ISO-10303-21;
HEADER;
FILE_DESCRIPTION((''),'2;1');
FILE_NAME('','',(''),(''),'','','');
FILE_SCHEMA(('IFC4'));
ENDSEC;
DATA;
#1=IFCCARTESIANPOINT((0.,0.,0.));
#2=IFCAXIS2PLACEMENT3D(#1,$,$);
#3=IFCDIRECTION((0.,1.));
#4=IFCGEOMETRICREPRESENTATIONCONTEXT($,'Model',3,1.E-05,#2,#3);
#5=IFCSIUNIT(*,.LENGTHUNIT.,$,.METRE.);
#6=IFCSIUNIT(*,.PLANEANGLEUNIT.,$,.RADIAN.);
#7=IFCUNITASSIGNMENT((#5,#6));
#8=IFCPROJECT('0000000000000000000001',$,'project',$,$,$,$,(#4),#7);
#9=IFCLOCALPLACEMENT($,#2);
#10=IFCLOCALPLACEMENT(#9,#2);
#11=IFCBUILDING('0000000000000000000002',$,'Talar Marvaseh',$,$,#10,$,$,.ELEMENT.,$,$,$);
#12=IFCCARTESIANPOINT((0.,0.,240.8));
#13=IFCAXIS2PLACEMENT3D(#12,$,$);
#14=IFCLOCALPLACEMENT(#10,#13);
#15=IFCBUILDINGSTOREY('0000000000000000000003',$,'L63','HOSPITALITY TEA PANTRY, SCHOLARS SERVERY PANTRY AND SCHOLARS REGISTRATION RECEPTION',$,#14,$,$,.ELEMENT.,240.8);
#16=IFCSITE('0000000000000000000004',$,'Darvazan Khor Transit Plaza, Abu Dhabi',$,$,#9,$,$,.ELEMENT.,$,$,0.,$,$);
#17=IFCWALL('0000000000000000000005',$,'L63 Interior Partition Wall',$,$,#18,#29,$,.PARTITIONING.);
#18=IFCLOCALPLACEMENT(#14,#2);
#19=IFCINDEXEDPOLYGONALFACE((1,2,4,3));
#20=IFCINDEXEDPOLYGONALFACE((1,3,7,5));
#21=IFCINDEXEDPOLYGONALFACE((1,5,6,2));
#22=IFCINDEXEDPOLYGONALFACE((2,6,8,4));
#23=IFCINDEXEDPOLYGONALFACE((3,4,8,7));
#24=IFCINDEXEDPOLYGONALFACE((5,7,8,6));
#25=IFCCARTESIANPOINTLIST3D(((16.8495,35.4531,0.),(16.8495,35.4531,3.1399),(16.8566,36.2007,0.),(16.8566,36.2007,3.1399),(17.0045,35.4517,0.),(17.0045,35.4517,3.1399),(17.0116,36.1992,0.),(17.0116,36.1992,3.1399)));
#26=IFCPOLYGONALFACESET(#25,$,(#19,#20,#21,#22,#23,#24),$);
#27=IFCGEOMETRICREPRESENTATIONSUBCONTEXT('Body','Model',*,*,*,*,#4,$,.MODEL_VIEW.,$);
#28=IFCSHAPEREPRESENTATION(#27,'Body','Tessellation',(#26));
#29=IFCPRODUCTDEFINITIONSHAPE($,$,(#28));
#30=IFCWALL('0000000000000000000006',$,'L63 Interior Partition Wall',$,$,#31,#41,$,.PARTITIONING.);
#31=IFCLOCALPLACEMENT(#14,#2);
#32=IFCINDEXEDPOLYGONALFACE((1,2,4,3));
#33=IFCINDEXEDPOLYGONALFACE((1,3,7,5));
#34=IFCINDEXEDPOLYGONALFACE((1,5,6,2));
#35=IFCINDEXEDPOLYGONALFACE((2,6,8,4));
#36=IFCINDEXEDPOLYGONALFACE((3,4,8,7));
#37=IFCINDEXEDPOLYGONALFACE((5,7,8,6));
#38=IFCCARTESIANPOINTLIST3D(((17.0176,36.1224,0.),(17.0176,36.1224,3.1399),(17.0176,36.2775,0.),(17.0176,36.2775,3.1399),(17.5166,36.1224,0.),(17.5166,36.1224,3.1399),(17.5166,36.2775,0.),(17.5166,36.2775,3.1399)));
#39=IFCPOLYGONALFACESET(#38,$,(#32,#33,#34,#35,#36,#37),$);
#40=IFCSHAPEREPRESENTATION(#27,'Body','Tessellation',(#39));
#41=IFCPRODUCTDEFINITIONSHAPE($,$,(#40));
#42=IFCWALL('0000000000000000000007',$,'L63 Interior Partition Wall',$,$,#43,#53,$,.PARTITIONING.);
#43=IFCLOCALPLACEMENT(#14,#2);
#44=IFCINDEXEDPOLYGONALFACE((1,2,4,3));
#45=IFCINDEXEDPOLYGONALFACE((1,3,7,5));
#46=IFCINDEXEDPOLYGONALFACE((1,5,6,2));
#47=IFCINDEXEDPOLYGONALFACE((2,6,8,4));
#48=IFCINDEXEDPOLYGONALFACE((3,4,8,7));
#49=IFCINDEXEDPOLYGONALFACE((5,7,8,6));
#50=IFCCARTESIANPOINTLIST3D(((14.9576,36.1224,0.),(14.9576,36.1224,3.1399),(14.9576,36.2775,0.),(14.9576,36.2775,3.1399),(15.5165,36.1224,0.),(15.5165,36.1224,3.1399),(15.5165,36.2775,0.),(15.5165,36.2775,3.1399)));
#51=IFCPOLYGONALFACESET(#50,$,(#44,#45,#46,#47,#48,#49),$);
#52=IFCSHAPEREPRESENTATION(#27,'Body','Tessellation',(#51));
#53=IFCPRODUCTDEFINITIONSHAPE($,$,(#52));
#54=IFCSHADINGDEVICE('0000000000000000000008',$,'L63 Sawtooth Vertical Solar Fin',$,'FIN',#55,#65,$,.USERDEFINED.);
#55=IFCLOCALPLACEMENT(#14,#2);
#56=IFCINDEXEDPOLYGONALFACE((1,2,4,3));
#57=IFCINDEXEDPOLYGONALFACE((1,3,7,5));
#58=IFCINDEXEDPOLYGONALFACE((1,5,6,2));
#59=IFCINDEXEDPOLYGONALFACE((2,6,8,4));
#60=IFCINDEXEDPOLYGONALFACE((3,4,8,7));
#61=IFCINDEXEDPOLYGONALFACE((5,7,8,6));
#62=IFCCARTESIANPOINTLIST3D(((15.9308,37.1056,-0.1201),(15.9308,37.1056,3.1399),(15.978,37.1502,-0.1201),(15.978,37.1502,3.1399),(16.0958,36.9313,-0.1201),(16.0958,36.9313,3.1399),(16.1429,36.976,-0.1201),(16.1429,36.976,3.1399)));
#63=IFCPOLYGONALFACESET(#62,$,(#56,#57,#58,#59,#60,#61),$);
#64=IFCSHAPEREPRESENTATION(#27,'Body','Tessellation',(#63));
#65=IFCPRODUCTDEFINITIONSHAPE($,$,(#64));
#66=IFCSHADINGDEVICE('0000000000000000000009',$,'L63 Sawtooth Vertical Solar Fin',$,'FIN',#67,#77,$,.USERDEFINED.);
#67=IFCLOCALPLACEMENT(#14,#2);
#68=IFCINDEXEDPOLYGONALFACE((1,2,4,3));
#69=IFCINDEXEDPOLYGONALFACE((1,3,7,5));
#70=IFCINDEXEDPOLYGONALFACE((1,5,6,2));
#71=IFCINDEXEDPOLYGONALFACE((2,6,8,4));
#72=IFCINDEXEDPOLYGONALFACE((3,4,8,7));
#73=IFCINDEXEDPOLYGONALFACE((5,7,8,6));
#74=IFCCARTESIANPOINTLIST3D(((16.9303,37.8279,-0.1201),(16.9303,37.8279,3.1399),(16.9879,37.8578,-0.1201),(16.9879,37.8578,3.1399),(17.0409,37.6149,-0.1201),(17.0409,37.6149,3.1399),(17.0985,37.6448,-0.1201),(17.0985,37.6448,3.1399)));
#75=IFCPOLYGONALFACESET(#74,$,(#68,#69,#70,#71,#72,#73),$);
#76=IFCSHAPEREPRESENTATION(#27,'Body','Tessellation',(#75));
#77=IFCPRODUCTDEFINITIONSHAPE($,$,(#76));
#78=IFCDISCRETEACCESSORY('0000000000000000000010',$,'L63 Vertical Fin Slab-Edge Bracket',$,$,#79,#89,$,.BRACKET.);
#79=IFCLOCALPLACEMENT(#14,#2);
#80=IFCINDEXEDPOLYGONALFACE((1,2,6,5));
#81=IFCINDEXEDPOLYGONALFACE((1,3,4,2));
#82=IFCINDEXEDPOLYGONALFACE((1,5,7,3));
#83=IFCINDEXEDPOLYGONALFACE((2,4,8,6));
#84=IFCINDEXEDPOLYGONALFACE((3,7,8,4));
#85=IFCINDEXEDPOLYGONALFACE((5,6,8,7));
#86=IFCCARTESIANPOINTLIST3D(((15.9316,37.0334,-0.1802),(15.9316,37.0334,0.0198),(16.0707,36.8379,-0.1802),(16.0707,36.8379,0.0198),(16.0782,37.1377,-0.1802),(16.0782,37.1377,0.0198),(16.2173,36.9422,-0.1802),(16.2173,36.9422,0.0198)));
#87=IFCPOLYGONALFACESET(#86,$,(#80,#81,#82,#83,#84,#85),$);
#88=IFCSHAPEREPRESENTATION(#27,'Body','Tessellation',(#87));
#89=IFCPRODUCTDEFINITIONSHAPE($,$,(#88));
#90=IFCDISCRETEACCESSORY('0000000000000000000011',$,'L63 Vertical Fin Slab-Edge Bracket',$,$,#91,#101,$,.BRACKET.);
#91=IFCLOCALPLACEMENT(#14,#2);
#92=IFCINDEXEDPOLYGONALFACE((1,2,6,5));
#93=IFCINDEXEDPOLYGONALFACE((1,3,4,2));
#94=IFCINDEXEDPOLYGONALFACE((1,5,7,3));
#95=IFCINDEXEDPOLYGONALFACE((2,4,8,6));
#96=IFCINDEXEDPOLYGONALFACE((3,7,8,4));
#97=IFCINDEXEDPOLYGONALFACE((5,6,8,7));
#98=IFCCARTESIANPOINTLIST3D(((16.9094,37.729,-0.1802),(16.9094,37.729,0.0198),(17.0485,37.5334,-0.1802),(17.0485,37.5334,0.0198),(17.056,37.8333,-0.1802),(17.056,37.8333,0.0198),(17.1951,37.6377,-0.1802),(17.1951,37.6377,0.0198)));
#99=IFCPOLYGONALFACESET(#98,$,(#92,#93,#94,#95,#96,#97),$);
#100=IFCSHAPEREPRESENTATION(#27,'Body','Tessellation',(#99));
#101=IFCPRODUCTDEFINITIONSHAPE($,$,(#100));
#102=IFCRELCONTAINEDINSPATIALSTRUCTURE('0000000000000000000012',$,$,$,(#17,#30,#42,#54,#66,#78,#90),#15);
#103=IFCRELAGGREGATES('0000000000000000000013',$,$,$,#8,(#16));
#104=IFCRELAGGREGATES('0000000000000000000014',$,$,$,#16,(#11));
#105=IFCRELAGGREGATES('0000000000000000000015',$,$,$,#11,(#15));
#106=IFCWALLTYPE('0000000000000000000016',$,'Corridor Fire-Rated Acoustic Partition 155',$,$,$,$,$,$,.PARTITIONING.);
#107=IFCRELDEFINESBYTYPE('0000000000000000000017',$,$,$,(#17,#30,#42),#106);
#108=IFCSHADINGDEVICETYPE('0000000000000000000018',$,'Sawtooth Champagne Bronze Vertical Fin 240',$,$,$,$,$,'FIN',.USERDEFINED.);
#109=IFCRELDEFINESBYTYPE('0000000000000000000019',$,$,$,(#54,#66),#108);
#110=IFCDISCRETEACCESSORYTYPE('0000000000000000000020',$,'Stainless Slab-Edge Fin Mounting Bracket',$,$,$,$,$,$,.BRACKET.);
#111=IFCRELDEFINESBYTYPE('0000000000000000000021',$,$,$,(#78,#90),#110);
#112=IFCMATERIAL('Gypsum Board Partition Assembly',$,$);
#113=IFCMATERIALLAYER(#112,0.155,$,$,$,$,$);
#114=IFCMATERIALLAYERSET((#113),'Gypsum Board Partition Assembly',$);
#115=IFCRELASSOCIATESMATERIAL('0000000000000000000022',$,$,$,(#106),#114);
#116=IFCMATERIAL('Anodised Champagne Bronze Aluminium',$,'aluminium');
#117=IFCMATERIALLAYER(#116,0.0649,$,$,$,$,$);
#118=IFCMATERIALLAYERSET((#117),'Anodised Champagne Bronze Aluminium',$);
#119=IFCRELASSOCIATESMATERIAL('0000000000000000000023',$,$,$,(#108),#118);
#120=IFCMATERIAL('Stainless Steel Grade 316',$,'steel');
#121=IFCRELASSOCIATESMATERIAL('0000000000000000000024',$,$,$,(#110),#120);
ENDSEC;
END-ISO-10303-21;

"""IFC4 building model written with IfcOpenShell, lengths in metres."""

from ifc_helpers import new_model, si_unit, direction, frame, frame_2d, origin, origin_2d, place, context, subcontext, project, spatial, rectangle, extrude, source, transform, mapped, material, layer, layer_set, type_object, type_shapes, element, save


model = new_model("IFC4")

# Units and contexts
model_context = context("Model", 3, precision=1e-05, world=origin(), true_north=direction((0.0, 1.0)))
body_context = subcontext(model_context, "Body", "Model", "MODEL_VIEW")
ifc_project = project(units=[si_unit("LENGTHUNIT", "METRE"), si_unit("PLANEANGLEUNIT", "RADIAN")], contexts=[model_context])

# Site, building, storey
site_placement = place(None, origin())
site = spatial("IfcSite", under=ifc_project, at=site_placement, Name="Darvazan Khor Transit Plaza, Abu Dhabi", CompositionType="ELEMENT", RefElevation=0.0)
building_placement = place(site_placement, origin())
building = spatial("IfcBuilding", under=site, at=building_placement, Name="Talar Marvaseh", CompositionType="ELEMENT")
storey_placement = place(building_placement, frame((0.0, 0.0, 240.8)))
storey = spatial("IfcBuildingStorey", under=building, at=storey_placement, Name="L63", Description="HOSPITALITY TEA PANTRY, SCHOLARS SERVERY PANTRY AND SCHOLARS REGISTRATION RECEPTION", CompositionType="ELEMENT", Elevation=240.8)

# Shared definitions
ifc_material_1 = material(Name="Gypsum Board Partition Assembly")
ifc_layer_1 = layer(ifc_material_1, 0.155)
ifc_layer_set_1 = layer_set([ifc_layer_1], Name="Gypsum Board Partition Assembly")
wall_type = type_object("IfcWallType", Name="Corridor Fire-Rated Acoustic Partition 155", PredefinedType="PARTITIONING", material=ifc_layer_set_1)

# Walls
wall_1_placement = place(storey_placement, frame((16.927, 35.4524, 0.0), z_axis=(0.0, 0.0, 1.0), x_axis=(0.009471, 0.999955, 0.0)))
element("IfcWall", 1, at=wall_1_placement, inside=storey, type_object=wall_type, Name="L63 Interior Partition Wall", PredefinedType="PARTITIONING", context=body_context, shape_type="SweptSolid", body=[
    extrude(rectangle(XDim=0.7476, YDim=0.155, at=frame_2d((0.3738, 0.0))), origin(), (0.0, 0.0, 1.0), 3.1399),
])
wall_2_placement = place(storey_placement, frame((17.0176, 36.2, 0.0), z_axis=(0.0, 0.0, 1.0), x_axis=(1.0, 0.0, 0.0)))
element("IfcWall", 2, at=wall_2_placement, inside=storey, type_object=wall_type, Name="L63 Interior Partition Wall", PredefinedType="PARTITIONING", context=body_context, shape_type="SweptSolid", body=[
    extrude(rectangle(XDim=0.499, YDim=0.155, at=frame_2d((0.2495, 0.0))), origin(), (0.0, 0.0, 1.0), 3.1399),
])
wall_3_placement = place(storey_placement, frame((14.9578, 36.2, 0.0), z_axis=(0.0, 0.0, 1.0), x_axis=(1.0, 0.0, 0.0)))
element("IfcWall", 3, at=wall_3_placement, inside=storey, type_object=wall_type, Name="L63 Interior Partition Wall", PredefinedType="PARTITIONING", context=body_context, shape_type="SweptSolid", body=[
    extrude(rectangle(XDim=0.5588, YDim=0.155, at=frame_2d((0.2793, 0.0))), origin(), (0.0, 0.0, 1.0), 3.1399),
])

# Shading devices
ifc_material_2 = material(Name="Anodised Champagne Bronze Aluminium", Category="aluminium")
ifc_layer_2 = layer(ifc_material_2, 0.0649)
ifc_layer_set_2 = layer_set([ifc_layer_2], Name="Anodised Champagne Bronze Aluminium")
shading_device_type = type_object("IfcShadingDeviceType", Name="Sawtooth Champagne Bronze Vertical Fin 240", ElementType="FIN", PredefinedType="USERDEFINED", material=ifc_layer_set_2)
shared_shape_1 = source(origin(), body_context, "Body", "SweptSolid", [
    extrude(rectangle(XDim=0.24, YDim=0.0649, at=origin_2d()), origin(), (0.0, 0.0, 1.0), 3.26),
])
type_shapes(shading_device_type, [shared_shape_1])
for number, where, z_axis, x_axis, name in (
    (4, (16.0369, 37.0408, -0.1201), (0.0, 0.0, 1.0), (-0.687468, 0.726215, 0.0), "L63 Sawtooth Vertical Solar Fin"),
    (5, (17.0144, 37.7363, -0.1201), (0.0, 0.0, 1.0), (-0.460665, 0.887574, 0.0), "L63 Sawtooth Vertical Solar Fin"),
):
    element("IfcShadingDevice", number, at=place(storey_placement, frame(where, z_axis=z_axis, x_axis=x_axis)), inside=storey, type_object=shading_device_type, Name=name, ObjectType="FIN", PredefinedType="USERDEFINED", context=body_context, shape_type="MappedRepresentation", body=[
        mapped(shared_shape_1, transform((0.0, 0.0, 0.0), x_axis=(1.0, 0.0, 0.0), y_axis=(0.0, 1.0, 0.0), z_axis=(0.0, 0.0, 1.0), scale=1.0)),
    ])

# Discrete accessories
ifc_material_3 = material(Name="Stainless Steel Grade 316", Category="steel")
discrete_accessory_type = type_object("IfcDiscreteAccessoryType", Name="Stainless Slab-Edge Fin Mounting Bracket", PredefinedType="BRACKET", material=ifc_material_3)
shared_shape_2 = source(origin(), body_context, "Body", "SweptSolid", [
    extrude(rectangle(XDim=0.24, YDim=0.1799, at=origin_2d()), origin(), (0.0, 0.0, 1.0), 0.2),
])
type_shapes(discrete_accessory_type, [shared_shape_2])
for number, where, z_axis, x_axis, name in (
    (6, (16.0745, 36.9878, -0.1802), (0.0, 0.0, 1.0), (-0.579708, 0.814824, 0.0), "L63 Vertical Fin Slab-Edge Bracket"),
    (7, (17.0522, 37.6833, -0.1802), (0.0, 0.0, 1.0), (-0.579708, 0.814824, 0.0), "L63 Vertical Fin Slab-Edge Bracket"),
):
    element("IfcDiscreteAccessory", number, at=place(storey_placement, frame(where, z_axis=z_axis, x_axis=x_axis)), inside=storey, type_object=discrete_accessory_type, Name=name, PredefinedType="BRACKET", context=body_context, shape_type="MappedRepresentation", body=[
        mapped(shared_shape_2, transform((0.0, 0.0, 0.0), x_axis=(1.0, 0.0, 0.0), y_axis=(0.0, 1.0, 0.0), z_axis=(0.0, 0.0, 1.0), scale=1.0)),
    ])

save(model, "model.ifc")
